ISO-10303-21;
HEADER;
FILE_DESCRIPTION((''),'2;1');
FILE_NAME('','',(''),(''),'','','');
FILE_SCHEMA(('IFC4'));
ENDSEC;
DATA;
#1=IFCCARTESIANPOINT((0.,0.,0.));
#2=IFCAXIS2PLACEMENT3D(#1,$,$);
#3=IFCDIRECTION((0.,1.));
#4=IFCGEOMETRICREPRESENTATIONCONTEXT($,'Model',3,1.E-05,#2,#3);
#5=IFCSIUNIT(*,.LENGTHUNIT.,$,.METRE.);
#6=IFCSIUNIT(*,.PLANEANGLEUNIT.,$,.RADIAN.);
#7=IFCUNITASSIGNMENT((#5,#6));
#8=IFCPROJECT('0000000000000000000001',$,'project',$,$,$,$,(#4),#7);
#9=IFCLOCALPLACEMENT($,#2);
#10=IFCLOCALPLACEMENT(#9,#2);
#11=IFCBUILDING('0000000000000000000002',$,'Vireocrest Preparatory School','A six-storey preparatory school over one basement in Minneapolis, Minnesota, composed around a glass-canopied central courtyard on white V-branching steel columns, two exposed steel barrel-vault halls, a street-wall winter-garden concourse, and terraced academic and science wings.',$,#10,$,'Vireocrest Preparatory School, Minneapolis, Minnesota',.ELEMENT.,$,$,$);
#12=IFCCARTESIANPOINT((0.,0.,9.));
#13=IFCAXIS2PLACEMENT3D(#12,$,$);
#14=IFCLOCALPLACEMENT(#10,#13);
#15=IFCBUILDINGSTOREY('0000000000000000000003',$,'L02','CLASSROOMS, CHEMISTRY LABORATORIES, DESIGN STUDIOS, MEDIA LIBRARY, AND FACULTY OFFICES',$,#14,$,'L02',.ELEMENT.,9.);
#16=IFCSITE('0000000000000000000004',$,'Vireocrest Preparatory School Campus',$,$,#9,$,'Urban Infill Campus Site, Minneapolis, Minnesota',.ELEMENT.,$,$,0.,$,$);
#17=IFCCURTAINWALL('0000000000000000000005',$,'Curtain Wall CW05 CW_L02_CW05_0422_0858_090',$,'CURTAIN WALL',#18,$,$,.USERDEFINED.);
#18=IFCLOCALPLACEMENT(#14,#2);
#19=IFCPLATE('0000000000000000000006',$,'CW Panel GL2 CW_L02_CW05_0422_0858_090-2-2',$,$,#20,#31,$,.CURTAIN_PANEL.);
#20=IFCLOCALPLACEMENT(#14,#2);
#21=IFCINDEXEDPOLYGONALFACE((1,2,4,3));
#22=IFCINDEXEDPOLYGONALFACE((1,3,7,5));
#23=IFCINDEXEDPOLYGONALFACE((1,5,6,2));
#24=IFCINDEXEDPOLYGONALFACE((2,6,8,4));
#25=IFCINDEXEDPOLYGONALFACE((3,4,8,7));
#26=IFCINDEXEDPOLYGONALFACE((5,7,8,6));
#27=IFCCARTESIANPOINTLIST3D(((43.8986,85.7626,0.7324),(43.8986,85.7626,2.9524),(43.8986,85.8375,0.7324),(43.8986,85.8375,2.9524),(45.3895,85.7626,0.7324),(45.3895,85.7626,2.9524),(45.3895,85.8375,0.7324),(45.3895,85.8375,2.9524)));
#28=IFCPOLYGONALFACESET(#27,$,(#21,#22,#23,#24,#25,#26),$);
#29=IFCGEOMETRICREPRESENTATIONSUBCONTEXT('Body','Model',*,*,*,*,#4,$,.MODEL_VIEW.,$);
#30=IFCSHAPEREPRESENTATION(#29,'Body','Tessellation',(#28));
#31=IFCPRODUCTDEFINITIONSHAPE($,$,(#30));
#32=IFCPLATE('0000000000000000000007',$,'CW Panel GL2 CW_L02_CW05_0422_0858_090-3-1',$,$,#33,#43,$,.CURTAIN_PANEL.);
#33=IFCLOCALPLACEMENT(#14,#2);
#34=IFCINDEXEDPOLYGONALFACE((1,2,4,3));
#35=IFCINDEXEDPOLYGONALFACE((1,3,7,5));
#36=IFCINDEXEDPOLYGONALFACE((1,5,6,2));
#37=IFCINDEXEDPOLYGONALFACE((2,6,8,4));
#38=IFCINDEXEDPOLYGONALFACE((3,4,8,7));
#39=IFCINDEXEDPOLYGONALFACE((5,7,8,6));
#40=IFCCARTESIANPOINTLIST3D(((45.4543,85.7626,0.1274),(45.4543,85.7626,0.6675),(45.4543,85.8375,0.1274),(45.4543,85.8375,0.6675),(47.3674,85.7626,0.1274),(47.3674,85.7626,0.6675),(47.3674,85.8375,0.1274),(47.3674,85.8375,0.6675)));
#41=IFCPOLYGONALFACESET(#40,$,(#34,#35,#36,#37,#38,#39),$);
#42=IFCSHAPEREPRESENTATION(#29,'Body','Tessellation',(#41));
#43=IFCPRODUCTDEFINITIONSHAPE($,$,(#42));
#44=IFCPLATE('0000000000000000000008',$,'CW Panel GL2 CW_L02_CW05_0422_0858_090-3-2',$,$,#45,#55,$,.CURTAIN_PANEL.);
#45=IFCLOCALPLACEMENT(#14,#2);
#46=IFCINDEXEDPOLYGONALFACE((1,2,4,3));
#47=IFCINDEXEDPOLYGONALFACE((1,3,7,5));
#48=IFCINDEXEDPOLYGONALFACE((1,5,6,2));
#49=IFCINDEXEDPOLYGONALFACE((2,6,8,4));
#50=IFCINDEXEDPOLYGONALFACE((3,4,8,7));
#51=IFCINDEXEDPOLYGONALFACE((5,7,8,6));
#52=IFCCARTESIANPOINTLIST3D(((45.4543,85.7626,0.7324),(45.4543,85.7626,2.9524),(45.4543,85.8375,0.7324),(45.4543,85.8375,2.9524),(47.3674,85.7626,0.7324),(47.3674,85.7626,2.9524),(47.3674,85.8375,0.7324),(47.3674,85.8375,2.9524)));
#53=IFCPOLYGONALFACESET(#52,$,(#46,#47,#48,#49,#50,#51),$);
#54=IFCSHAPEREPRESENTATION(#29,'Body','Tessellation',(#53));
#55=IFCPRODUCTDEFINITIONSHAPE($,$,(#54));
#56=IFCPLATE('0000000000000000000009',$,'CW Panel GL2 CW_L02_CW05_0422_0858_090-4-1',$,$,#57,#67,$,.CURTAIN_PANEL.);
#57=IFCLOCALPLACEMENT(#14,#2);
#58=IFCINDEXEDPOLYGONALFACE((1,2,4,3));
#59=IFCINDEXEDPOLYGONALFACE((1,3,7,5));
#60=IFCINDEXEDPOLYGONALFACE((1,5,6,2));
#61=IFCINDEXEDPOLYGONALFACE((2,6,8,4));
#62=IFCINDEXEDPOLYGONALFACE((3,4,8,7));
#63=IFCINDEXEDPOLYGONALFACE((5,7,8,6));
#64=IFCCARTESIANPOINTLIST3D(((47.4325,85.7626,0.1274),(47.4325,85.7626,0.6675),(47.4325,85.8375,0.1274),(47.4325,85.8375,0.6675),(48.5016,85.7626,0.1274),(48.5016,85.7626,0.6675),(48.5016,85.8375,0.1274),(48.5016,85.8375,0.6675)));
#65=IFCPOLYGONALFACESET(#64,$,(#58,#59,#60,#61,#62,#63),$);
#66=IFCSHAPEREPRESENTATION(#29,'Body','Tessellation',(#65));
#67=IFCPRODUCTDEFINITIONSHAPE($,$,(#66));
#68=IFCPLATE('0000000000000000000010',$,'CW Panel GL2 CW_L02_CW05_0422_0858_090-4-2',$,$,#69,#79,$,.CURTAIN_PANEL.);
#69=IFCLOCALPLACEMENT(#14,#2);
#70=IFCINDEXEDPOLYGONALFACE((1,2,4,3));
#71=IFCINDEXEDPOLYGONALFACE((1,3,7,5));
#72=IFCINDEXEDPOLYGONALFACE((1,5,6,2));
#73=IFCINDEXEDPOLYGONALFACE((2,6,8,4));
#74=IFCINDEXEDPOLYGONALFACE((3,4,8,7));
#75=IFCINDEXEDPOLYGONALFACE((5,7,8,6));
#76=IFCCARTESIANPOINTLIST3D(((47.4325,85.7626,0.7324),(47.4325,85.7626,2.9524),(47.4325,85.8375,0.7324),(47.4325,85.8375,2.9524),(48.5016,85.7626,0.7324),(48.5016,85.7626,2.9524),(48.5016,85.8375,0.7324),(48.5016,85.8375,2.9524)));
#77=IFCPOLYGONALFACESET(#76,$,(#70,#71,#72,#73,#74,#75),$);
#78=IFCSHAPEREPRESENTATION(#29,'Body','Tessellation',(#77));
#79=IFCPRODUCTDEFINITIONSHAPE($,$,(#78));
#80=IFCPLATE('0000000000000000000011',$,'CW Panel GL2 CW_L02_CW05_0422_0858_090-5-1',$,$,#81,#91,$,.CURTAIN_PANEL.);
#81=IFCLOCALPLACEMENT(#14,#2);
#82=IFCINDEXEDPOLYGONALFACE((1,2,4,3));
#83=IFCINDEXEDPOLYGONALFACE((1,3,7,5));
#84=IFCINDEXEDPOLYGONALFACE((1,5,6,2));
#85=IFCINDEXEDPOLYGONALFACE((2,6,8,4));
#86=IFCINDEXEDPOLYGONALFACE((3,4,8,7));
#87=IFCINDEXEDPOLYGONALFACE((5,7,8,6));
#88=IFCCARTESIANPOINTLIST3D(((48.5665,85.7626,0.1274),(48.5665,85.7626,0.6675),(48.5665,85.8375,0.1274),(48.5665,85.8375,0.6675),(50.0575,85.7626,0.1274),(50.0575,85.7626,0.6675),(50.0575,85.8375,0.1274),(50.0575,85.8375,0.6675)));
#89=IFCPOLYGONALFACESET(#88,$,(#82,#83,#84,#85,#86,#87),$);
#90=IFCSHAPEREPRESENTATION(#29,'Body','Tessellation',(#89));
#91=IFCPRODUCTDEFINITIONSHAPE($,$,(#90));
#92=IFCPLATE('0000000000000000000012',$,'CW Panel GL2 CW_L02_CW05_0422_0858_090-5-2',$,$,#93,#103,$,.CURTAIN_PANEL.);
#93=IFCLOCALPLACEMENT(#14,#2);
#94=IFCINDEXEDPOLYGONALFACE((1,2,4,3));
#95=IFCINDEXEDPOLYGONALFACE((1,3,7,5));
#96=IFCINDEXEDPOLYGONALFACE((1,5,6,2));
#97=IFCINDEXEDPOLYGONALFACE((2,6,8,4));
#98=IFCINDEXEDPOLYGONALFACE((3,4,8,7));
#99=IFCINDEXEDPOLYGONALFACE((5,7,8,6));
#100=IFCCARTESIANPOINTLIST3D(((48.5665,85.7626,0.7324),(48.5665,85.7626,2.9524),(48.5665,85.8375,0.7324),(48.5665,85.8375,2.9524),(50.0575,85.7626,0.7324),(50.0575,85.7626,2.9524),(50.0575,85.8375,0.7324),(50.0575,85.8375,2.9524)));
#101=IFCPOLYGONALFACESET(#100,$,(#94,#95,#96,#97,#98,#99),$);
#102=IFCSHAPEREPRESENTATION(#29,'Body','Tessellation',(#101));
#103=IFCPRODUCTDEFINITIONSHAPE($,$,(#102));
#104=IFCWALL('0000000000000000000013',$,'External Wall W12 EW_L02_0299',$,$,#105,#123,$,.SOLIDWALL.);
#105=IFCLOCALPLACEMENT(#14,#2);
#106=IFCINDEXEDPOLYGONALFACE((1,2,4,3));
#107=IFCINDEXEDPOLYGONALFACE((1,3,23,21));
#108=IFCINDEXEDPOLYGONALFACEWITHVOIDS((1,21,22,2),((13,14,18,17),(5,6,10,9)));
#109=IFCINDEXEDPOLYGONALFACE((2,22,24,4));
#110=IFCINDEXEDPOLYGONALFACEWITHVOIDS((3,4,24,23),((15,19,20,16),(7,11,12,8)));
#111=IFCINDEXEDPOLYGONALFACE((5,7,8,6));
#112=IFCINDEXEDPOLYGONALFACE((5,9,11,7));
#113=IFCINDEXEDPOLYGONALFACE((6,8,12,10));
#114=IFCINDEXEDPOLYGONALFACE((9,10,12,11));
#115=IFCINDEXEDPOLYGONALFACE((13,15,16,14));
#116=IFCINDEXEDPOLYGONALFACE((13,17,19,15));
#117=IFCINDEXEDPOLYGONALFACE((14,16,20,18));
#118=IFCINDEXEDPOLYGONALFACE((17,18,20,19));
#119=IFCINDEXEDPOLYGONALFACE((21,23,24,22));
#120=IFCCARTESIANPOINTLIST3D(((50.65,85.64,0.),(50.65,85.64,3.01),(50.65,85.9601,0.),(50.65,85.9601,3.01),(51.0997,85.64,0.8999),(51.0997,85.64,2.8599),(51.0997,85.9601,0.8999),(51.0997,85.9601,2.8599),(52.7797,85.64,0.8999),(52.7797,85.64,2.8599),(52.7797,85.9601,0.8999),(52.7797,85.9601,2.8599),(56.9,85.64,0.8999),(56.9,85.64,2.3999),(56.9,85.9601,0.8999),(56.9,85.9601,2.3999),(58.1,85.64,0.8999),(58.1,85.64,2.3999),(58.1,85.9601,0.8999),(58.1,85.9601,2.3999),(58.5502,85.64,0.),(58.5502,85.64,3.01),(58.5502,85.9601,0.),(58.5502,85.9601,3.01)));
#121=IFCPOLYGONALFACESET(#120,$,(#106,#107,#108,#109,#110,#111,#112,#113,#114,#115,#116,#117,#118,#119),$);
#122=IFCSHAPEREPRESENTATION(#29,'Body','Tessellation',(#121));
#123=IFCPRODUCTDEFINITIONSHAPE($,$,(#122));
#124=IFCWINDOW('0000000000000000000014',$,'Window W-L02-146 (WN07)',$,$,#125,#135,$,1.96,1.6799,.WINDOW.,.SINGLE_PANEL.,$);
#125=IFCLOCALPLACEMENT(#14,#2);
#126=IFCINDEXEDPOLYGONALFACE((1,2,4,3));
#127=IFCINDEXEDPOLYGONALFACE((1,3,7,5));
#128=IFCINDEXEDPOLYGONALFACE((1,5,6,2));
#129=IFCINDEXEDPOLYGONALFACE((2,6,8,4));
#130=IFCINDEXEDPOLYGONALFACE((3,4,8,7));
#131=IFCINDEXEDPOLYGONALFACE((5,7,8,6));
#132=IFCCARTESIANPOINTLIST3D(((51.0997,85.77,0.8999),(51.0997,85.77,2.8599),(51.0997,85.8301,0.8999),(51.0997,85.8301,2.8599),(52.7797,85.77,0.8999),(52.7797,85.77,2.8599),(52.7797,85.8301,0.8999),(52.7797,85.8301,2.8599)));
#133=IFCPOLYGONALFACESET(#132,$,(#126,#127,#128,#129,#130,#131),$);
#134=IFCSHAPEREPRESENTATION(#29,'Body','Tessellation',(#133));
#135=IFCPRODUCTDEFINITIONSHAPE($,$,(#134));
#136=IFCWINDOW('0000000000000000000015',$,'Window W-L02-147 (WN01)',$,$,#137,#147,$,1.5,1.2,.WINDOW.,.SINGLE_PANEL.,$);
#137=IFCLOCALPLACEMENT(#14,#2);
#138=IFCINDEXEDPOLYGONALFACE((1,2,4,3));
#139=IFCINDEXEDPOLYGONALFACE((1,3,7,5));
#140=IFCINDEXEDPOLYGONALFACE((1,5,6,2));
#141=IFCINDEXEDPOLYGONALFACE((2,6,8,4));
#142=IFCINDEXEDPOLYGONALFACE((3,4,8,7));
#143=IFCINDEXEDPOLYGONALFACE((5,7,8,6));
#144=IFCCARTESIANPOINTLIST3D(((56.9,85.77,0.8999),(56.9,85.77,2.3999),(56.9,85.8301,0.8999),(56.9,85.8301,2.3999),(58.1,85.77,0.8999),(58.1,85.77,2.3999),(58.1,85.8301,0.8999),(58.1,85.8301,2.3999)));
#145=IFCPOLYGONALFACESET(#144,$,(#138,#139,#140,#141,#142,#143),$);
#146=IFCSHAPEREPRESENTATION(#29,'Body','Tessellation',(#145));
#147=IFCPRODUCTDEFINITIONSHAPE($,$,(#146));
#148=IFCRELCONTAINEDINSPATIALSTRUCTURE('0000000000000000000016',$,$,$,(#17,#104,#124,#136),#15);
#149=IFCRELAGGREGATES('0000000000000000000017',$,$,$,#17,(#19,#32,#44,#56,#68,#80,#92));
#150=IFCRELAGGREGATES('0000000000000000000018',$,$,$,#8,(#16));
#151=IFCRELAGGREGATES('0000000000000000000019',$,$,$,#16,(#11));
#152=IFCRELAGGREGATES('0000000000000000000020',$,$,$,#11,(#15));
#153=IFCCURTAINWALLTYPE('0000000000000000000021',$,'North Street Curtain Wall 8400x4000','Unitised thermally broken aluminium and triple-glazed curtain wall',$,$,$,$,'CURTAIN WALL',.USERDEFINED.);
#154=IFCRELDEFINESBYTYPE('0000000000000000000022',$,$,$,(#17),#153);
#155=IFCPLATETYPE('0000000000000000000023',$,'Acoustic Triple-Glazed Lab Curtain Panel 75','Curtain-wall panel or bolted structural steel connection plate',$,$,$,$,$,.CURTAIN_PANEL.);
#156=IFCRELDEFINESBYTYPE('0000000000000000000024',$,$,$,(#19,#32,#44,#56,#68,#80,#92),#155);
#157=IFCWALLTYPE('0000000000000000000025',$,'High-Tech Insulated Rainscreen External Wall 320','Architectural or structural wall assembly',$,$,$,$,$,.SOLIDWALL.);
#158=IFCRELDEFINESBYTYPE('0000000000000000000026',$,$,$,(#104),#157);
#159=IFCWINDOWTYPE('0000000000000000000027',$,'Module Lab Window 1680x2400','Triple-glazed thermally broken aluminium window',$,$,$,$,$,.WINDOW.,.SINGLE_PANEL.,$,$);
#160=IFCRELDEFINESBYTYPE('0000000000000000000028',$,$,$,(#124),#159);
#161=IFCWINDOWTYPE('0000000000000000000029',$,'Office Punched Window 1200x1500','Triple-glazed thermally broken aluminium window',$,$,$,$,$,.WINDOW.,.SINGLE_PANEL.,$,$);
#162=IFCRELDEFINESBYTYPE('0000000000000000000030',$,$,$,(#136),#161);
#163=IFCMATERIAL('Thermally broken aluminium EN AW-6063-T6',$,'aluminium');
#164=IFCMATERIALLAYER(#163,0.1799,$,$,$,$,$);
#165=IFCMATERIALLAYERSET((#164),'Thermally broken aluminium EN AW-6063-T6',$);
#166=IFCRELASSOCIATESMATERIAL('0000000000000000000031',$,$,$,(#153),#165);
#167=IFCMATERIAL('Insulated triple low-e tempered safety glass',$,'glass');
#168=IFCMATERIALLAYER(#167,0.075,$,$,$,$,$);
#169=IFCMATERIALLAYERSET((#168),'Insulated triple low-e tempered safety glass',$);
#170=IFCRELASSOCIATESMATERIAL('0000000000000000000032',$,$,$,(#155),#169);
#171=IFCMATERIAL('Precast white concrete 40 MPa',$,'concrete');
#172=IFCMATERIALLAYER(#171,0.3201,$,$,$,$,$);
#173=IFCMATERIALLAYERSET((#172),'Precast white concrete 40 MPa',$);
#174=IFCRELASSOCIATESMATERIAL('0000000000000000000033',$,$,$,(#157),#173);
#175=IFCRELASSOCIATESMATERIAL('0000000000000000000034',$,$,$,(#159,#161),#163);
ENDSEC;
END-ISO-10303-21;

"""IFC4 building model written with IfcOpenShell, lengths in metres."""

from ifc_helpers import new_model, si_unit, direction, frame, frame_2d, origin, origin_2d, place, context, subcontext, project, spatial, rectangle, extrude, material, layer, layer_set, type_object, element, fill, aggregate, save


model = new_model("IFC4")

# Units and contexts
model_context = context("Model", 3, precision=1e-05, world=origin(), true_north=direction((0.0, 1.0)))
body_context = subcontext(model_context, "Body", "Model", "MODEL_VIEW")
ifc_project = project(units=[si_unit("LENGTHUNIT", "METRE"), si_unit("PLANEANGLEUNIT", "RADIAN")], contexts=[model_context])

# Site, building, storey
site_placement = place(None, origin())
site = spatial("IfcSite", under=ifc_project, at=site_placement, Name="Vireocrest Preparatory School Campus", LongName="Urban Infill Campus Site, Minneapolis, Minnesota", CompositionType="ELEMENT", RefElevation=0.0)
building_placement = place(site_placement, origin())
building = spatial("IfcBuilding", under=site, at=building_placement, Name="Vireocrest Preparatory School", Description="A six-storey preparatory school over one basement in Minneapolis, Minnesota, composed around a glass-canopied central courtyard on white V-branching steel columns, two exposed steel barrel-vault halls, a street-wall winter-garden concourse, and terraced academic and science wings.", LongName="Vireocrest Preparatory School, Minneapolis, Minnesota", CompositionType="ELEMENT")
storey_placement = place(building_placement, frame((0.0, 0.0, 9.0)))
storey = spatial("IfcBuildingStorey", under=building, at=storey_placement, Name="L02", Description="CLASSROOMS, CHEMISTRY LABORATORIES, DESIGN STUDIOS, MEDIA LIBRARY, AND FACULTY OFFICES", LongName="L02", CompositionType="ELEMENT", Elevation=9.0)

# Curtain wall
ifc_material_1 = material(Name="Thermally broken aluminium EN AW-6063-T6", Category="aluminium")
ifc_layer_1 = layer(ifc_material_1, 0.1799)
ifc_layer_set_1 = layer_set([ifc_layer_1], Name="Thermally broken aluminium EN AW-6063-T6")
curtain_wall_type = type_object("IfcCurtainWallType", Name="North Street Curtain Wall 8400x4000", Description="Unitised thermally broken aluminium and triple-glazed curtain wall", ElementType="CURTAIN WALL", PredefinedType="USERDEFINED", material=ifc_layer_set_1)
curtain_wall_placement = place(storey_placement, origin())
curtain_wall = element("IfcCurtainWall", 1, at=curtain_wall_placement, inside=storey, type_object=curtain_wall_type, Name="Curtain Wall CW05 CW_L02_CW05_0422_0858_090", ObjectType="CURTAIN WALL", PredefinedType="USERDEFINED")

# Plates
ifc_material_2 = material(Name="Insulated triple low-e tempered safety glass", Category="glass")
ifc_layer_2 = layer(ifc_material_2, 0.075)
ifc_layer_set_2 = layer_set([ifc_layer_2], Name="Insulated triple low-e tempered safety glass")
plate_type = type_object("IfcPlateType", Name="Acoustic Triple-Glazed Lab Curtain Panel 75", Description="Curtain-wall panel or bolted structural steel connection plate", PredefinedType="CURTAIN_PANEL", material=ifc_layer_set_2)
plate_1_placement = place(storey_placement, frame((44.644, 85.8, 0.7324), z_axis=(0.0, 0.0, 1.0), x_axis=(1.0, 0.0, 0.0)))
plate_1 = element("IfcPlate", 2, at=plate_1_placement, type_object=plate_type, Name="CW Panel GL2 CW_L02_CW05_0422_0858_090-2-2", PredefinedType="CURTAIN_PANEL", context=body_context, shape_type="SweptSolid", body=[
    extrude(rectangle(XDim=1.491, YDim=0.075, at=origin_2d()), origin(), (0.0, 0.0, 1.0), 2.22),
])
plate_2_placement = place(storey_placement, frame((46.4109, 85.8, 0.1274), z_axis=(0.0, 0.0, 1.0), x_axis=(1.0, 0.0, 0.0)))
plate_2 = element("IfcPlate", 3, at=plate_2_placement, type_object=plate_type, Name="CW Panel GL2 CW_L02_CW05_0422_0858_090-3-1", PredefinedType="CURTAIN_PANEL", context=body_context, shape_type="SweptSolid", body=[
    extrude(rectangle(XDim=1.9131, YDim=0.075, at=origin_2d()), origin(), (0.0, 0.0, 1.0), 0.54),
])
plate_3_placement = place(storey_placement, frame((46.4109, 85.8, 0.7324), z_axis=(0.0, 0.0, 1.0), x_axis=(1.0, 0.0, 0.0)))
plate_3 = element("IfcPlate", 4, at=plate_3_placement, type_object=plate_type, Name="CW Panel GL2 CW_L02_CW05_0422_0858_090-3-2", PredefinedType="CURTAIN_PANEL", context=body_context, shape_type="SweptSolid", body=[
    extrude(rectangle(XDim=1.9131, YDim=0.075, at=origin_2d()), origin(), (0.0, 0.0, 1.0), 2.22),
])
plate_4_placement = place(storey_placement, frame((47.967, 85.8, 0.1274), z_axis=(0.0, 0.0, 1.0), x_axis=(1.0, 0.0, 0.0)))
plate_4 = element("IfcPlate", 5, at=plate_4_placement, type_object=plate_type, Name="CW Panel GL2 CW_L02_CW05_0422_0858_090-4-1", PredefinedType="CURTAIN_PANEL", context=body_context, shape_type="SweptSolid", body=[
    extrude(rectangle(XDim=1.0691, YDim=0.075, at=origin_2d()), origin(), (0.0, 0.0, 1.0), 0.54),
])
plate_5_placement = place(storey_placement, frame((47.967, 85.8, 0.7324), z_axis=(0.0, 0.0, 1.0), x_axis=(1.0, 0.0, 0.0)))
plate_5 = element("IfcPlate", 6, at=plate_5_placement, type_object=plate_type, Name="CW Panel GL2 CW_L02_CW05_0422_0858_090-4-2", PredefinedType="CURTAIN_PANEL", context=body_context, shape_type="SweptSolid", body=[
    extrude(rectangle(XDim=1.0691, YDim=0.075, at=origin_2d()), origin(), (0.0, 0.0, 1.0), 2.22),
])
plate_6_placement = place(storey_placement, frame((49.312, 85.8, 0.1274), z_axis=(0.0, 0.0, 1.0), x_axis=(1.0, 0.0, 0.0)))
plate_6 = element("IfcPlate", 7, at=plate_6_placement, type_object=plate_type, Name="CW Panel GL2 CW_L02_CW05_0422_0858_090-5-1", PredefinedType="CURTAIN_PANEL", context=body_context, shape_type="SweptSolid", body=[
    extrude(rectangle(XDim=1.491, YDim=0.075, at=origin_2d()), origin(), (0.0, 0.0, 1.0), 0.54),
])
plate_7_placement = place(storey_placement, frame((49.312, 85.8, 0.7324), z_axis=(0.0, 0.0, 1.0), x_axis=(1.0, 0.0, 0.0)))
plate_7 = element("IfcPlate", 8, at=plate_7_placement, type_object=plate_type, Name="CW Panel GL2 CW_L02_CW05_0422_0858_090-5-2", PredefinedType="CURTAIN_PANEL", context=body_context, shape_type="SweptSolid", body=[
    extrude(rectangle(XDim=1.491, YDim=0.075, at=origin_2d()), origin(), (0.0, 0.0, 1.0), 2.22),
])
aggregate(curtain_wall, [plate_1, plate_2, plate_3, plate_4, plate_5, plate_6, plate_7])

# Wall, openings, windows
ifc_material_3 = material(Name="Precast white concrete 40 MPa", Category="concrete")
ifc_layer_3 = layer(ifc_material_3, 0.3201)
ifc_layer_set_3 = layer_set([ifc_layer_3], Name="Precast white concrete 40 MPa")
wall_type = type_object("IfcWallType", Name="High-Tech Insulated Rainscreen External Wall 320", Description="Architectural or structural wall assembly", PredefinedType="SOLIDWALL", material=ifc_layer_set_3)
wall_placement = place(storey_placement, frame((50.6499, 85.8, 0.0), z_axis=(0.0, 0.0, 1.0), x_axis=(1.0, 0.0, 0.0)))
wall = element("IfcWall", 9, at=wall_placement, inside=storey, type_object=wall_type, Name="External Wall W12 EW_L02_0299", PredefinedType="SOLIDWALL", context=body_context, shape_type="SweptSolid", body=[
    extrude(rectangle(XDim=7.9001, YDim=0.3201, at=frame_2d((3.9502, 0.0))), origin(), (0.0, 0.0, 1.0), 3.01),
])
opening_1_placement = place(wall_placement, frame((0.45, 0.0, 0.8999)))
opening_1 = element("IfcOpeningElement", 10, at=opening_1_placement, cuts=wall, PredefinedType="OPENING", context=body_context, shape_type="SweptSolid", body=[
    extrude(rectangle(XDim=1.6799, YDim=1.96, at=frame_2d((0.8398, 0.98))), frame((0.0, 0.1699, 0.0), z_axis=(0.0, -1.0, 0.0), x_axis=(1.0, 0.0, 0.0)), (0.0, 0.0, 1.0), 0.3401),
])
opening_2_placement = place(wall_placement, frame((6.25, 0.0, 0.8999)))
opening_2 = element("IfcOpeningElement", 11, at=opening_2_placement, cuts=wall, PredefinedType="OPENING", context=body_context, shape_type="SweptSolid", body=[
    extrude(rectangle(XDim=1.2, YDim=1.5, at=frame_2d((0.6001, 0.75))), frame((0.0, 0.1699, 0.0), z_axis=(0.0, -1.0, 0.0), x_axis=(1.0, 0.0, 0.0)), (0.0, 0.0, 1.0), 0.3401),
])
window_type_1 = type_object("IfcWindowType", Name="Module Lab Window 1680x2400", Description="Triple-glazed thermally broken aluminium window", PartitioningType="SINGLE_PANEL", PredefinedType="WINDOW", material=ifc_material_1)
window_1_placement = place(opening_1_placement, origin())
window_1 = element("IfcWindow", 12, at=window_1_placement, inside=storey, type_object=window_type_1, Name="Window W-L02-146 (WN07)", OverallHeight=1.96, OverallWidth=1.6799, PartitioningType="SINGLE_PANEL", PredefinedType="WINDOW", context=body_context, shape_type="SweptSolid", body=[
    extrude(rectangle(XDim=1.6799, YDim=1.96, at=frame_2d((0.8398, 0.98))), frame((0.0, 0.03, 0.0), z_axis=(0.0, -1.0, 0.0), x_axis=(1.0, 0.0, 0.0)), (0.0, 0.0, 1.0), 0.0601),
])
fill(opening_1, window_1)
window_type_2 = type_object("IfcWindowType", Name="Office Punched Window 1200x1500", Description="Triple-glazed thermally broken aluminium window", PartitioningType="SINGLE_PANEL", PredefinedType="WINDOW", material=ifc_material_1)
window_2_placement = place(opening_2_placement, origin())
window_2 = element("IfcWindow", 13, at=window_2_placement, inside=storey, type_object=window_type_2, Name="Window W-L02-147 (WN01)", OverallHeight=1.5, OverallWidth=1.2, PartitioningType="SINGLE_PANEL", PredefinedType="WINDOW", context=body_context, shape_type="SweptSolid", body=[
    extrude(rectangle(XDim=1.2, YDim=1.5, at=frame_2d((0.6001, 0.75))), frame((0.0, 0.03, 0.0), z_axis=(0.0, -1.0, 0.0), x_axis=(1.0, 0.0, 0.0)), (0.0, 0.0, 1.0), 0.0601),
])
fill(opening_2, window_2)

save(model, "model.ifc")
